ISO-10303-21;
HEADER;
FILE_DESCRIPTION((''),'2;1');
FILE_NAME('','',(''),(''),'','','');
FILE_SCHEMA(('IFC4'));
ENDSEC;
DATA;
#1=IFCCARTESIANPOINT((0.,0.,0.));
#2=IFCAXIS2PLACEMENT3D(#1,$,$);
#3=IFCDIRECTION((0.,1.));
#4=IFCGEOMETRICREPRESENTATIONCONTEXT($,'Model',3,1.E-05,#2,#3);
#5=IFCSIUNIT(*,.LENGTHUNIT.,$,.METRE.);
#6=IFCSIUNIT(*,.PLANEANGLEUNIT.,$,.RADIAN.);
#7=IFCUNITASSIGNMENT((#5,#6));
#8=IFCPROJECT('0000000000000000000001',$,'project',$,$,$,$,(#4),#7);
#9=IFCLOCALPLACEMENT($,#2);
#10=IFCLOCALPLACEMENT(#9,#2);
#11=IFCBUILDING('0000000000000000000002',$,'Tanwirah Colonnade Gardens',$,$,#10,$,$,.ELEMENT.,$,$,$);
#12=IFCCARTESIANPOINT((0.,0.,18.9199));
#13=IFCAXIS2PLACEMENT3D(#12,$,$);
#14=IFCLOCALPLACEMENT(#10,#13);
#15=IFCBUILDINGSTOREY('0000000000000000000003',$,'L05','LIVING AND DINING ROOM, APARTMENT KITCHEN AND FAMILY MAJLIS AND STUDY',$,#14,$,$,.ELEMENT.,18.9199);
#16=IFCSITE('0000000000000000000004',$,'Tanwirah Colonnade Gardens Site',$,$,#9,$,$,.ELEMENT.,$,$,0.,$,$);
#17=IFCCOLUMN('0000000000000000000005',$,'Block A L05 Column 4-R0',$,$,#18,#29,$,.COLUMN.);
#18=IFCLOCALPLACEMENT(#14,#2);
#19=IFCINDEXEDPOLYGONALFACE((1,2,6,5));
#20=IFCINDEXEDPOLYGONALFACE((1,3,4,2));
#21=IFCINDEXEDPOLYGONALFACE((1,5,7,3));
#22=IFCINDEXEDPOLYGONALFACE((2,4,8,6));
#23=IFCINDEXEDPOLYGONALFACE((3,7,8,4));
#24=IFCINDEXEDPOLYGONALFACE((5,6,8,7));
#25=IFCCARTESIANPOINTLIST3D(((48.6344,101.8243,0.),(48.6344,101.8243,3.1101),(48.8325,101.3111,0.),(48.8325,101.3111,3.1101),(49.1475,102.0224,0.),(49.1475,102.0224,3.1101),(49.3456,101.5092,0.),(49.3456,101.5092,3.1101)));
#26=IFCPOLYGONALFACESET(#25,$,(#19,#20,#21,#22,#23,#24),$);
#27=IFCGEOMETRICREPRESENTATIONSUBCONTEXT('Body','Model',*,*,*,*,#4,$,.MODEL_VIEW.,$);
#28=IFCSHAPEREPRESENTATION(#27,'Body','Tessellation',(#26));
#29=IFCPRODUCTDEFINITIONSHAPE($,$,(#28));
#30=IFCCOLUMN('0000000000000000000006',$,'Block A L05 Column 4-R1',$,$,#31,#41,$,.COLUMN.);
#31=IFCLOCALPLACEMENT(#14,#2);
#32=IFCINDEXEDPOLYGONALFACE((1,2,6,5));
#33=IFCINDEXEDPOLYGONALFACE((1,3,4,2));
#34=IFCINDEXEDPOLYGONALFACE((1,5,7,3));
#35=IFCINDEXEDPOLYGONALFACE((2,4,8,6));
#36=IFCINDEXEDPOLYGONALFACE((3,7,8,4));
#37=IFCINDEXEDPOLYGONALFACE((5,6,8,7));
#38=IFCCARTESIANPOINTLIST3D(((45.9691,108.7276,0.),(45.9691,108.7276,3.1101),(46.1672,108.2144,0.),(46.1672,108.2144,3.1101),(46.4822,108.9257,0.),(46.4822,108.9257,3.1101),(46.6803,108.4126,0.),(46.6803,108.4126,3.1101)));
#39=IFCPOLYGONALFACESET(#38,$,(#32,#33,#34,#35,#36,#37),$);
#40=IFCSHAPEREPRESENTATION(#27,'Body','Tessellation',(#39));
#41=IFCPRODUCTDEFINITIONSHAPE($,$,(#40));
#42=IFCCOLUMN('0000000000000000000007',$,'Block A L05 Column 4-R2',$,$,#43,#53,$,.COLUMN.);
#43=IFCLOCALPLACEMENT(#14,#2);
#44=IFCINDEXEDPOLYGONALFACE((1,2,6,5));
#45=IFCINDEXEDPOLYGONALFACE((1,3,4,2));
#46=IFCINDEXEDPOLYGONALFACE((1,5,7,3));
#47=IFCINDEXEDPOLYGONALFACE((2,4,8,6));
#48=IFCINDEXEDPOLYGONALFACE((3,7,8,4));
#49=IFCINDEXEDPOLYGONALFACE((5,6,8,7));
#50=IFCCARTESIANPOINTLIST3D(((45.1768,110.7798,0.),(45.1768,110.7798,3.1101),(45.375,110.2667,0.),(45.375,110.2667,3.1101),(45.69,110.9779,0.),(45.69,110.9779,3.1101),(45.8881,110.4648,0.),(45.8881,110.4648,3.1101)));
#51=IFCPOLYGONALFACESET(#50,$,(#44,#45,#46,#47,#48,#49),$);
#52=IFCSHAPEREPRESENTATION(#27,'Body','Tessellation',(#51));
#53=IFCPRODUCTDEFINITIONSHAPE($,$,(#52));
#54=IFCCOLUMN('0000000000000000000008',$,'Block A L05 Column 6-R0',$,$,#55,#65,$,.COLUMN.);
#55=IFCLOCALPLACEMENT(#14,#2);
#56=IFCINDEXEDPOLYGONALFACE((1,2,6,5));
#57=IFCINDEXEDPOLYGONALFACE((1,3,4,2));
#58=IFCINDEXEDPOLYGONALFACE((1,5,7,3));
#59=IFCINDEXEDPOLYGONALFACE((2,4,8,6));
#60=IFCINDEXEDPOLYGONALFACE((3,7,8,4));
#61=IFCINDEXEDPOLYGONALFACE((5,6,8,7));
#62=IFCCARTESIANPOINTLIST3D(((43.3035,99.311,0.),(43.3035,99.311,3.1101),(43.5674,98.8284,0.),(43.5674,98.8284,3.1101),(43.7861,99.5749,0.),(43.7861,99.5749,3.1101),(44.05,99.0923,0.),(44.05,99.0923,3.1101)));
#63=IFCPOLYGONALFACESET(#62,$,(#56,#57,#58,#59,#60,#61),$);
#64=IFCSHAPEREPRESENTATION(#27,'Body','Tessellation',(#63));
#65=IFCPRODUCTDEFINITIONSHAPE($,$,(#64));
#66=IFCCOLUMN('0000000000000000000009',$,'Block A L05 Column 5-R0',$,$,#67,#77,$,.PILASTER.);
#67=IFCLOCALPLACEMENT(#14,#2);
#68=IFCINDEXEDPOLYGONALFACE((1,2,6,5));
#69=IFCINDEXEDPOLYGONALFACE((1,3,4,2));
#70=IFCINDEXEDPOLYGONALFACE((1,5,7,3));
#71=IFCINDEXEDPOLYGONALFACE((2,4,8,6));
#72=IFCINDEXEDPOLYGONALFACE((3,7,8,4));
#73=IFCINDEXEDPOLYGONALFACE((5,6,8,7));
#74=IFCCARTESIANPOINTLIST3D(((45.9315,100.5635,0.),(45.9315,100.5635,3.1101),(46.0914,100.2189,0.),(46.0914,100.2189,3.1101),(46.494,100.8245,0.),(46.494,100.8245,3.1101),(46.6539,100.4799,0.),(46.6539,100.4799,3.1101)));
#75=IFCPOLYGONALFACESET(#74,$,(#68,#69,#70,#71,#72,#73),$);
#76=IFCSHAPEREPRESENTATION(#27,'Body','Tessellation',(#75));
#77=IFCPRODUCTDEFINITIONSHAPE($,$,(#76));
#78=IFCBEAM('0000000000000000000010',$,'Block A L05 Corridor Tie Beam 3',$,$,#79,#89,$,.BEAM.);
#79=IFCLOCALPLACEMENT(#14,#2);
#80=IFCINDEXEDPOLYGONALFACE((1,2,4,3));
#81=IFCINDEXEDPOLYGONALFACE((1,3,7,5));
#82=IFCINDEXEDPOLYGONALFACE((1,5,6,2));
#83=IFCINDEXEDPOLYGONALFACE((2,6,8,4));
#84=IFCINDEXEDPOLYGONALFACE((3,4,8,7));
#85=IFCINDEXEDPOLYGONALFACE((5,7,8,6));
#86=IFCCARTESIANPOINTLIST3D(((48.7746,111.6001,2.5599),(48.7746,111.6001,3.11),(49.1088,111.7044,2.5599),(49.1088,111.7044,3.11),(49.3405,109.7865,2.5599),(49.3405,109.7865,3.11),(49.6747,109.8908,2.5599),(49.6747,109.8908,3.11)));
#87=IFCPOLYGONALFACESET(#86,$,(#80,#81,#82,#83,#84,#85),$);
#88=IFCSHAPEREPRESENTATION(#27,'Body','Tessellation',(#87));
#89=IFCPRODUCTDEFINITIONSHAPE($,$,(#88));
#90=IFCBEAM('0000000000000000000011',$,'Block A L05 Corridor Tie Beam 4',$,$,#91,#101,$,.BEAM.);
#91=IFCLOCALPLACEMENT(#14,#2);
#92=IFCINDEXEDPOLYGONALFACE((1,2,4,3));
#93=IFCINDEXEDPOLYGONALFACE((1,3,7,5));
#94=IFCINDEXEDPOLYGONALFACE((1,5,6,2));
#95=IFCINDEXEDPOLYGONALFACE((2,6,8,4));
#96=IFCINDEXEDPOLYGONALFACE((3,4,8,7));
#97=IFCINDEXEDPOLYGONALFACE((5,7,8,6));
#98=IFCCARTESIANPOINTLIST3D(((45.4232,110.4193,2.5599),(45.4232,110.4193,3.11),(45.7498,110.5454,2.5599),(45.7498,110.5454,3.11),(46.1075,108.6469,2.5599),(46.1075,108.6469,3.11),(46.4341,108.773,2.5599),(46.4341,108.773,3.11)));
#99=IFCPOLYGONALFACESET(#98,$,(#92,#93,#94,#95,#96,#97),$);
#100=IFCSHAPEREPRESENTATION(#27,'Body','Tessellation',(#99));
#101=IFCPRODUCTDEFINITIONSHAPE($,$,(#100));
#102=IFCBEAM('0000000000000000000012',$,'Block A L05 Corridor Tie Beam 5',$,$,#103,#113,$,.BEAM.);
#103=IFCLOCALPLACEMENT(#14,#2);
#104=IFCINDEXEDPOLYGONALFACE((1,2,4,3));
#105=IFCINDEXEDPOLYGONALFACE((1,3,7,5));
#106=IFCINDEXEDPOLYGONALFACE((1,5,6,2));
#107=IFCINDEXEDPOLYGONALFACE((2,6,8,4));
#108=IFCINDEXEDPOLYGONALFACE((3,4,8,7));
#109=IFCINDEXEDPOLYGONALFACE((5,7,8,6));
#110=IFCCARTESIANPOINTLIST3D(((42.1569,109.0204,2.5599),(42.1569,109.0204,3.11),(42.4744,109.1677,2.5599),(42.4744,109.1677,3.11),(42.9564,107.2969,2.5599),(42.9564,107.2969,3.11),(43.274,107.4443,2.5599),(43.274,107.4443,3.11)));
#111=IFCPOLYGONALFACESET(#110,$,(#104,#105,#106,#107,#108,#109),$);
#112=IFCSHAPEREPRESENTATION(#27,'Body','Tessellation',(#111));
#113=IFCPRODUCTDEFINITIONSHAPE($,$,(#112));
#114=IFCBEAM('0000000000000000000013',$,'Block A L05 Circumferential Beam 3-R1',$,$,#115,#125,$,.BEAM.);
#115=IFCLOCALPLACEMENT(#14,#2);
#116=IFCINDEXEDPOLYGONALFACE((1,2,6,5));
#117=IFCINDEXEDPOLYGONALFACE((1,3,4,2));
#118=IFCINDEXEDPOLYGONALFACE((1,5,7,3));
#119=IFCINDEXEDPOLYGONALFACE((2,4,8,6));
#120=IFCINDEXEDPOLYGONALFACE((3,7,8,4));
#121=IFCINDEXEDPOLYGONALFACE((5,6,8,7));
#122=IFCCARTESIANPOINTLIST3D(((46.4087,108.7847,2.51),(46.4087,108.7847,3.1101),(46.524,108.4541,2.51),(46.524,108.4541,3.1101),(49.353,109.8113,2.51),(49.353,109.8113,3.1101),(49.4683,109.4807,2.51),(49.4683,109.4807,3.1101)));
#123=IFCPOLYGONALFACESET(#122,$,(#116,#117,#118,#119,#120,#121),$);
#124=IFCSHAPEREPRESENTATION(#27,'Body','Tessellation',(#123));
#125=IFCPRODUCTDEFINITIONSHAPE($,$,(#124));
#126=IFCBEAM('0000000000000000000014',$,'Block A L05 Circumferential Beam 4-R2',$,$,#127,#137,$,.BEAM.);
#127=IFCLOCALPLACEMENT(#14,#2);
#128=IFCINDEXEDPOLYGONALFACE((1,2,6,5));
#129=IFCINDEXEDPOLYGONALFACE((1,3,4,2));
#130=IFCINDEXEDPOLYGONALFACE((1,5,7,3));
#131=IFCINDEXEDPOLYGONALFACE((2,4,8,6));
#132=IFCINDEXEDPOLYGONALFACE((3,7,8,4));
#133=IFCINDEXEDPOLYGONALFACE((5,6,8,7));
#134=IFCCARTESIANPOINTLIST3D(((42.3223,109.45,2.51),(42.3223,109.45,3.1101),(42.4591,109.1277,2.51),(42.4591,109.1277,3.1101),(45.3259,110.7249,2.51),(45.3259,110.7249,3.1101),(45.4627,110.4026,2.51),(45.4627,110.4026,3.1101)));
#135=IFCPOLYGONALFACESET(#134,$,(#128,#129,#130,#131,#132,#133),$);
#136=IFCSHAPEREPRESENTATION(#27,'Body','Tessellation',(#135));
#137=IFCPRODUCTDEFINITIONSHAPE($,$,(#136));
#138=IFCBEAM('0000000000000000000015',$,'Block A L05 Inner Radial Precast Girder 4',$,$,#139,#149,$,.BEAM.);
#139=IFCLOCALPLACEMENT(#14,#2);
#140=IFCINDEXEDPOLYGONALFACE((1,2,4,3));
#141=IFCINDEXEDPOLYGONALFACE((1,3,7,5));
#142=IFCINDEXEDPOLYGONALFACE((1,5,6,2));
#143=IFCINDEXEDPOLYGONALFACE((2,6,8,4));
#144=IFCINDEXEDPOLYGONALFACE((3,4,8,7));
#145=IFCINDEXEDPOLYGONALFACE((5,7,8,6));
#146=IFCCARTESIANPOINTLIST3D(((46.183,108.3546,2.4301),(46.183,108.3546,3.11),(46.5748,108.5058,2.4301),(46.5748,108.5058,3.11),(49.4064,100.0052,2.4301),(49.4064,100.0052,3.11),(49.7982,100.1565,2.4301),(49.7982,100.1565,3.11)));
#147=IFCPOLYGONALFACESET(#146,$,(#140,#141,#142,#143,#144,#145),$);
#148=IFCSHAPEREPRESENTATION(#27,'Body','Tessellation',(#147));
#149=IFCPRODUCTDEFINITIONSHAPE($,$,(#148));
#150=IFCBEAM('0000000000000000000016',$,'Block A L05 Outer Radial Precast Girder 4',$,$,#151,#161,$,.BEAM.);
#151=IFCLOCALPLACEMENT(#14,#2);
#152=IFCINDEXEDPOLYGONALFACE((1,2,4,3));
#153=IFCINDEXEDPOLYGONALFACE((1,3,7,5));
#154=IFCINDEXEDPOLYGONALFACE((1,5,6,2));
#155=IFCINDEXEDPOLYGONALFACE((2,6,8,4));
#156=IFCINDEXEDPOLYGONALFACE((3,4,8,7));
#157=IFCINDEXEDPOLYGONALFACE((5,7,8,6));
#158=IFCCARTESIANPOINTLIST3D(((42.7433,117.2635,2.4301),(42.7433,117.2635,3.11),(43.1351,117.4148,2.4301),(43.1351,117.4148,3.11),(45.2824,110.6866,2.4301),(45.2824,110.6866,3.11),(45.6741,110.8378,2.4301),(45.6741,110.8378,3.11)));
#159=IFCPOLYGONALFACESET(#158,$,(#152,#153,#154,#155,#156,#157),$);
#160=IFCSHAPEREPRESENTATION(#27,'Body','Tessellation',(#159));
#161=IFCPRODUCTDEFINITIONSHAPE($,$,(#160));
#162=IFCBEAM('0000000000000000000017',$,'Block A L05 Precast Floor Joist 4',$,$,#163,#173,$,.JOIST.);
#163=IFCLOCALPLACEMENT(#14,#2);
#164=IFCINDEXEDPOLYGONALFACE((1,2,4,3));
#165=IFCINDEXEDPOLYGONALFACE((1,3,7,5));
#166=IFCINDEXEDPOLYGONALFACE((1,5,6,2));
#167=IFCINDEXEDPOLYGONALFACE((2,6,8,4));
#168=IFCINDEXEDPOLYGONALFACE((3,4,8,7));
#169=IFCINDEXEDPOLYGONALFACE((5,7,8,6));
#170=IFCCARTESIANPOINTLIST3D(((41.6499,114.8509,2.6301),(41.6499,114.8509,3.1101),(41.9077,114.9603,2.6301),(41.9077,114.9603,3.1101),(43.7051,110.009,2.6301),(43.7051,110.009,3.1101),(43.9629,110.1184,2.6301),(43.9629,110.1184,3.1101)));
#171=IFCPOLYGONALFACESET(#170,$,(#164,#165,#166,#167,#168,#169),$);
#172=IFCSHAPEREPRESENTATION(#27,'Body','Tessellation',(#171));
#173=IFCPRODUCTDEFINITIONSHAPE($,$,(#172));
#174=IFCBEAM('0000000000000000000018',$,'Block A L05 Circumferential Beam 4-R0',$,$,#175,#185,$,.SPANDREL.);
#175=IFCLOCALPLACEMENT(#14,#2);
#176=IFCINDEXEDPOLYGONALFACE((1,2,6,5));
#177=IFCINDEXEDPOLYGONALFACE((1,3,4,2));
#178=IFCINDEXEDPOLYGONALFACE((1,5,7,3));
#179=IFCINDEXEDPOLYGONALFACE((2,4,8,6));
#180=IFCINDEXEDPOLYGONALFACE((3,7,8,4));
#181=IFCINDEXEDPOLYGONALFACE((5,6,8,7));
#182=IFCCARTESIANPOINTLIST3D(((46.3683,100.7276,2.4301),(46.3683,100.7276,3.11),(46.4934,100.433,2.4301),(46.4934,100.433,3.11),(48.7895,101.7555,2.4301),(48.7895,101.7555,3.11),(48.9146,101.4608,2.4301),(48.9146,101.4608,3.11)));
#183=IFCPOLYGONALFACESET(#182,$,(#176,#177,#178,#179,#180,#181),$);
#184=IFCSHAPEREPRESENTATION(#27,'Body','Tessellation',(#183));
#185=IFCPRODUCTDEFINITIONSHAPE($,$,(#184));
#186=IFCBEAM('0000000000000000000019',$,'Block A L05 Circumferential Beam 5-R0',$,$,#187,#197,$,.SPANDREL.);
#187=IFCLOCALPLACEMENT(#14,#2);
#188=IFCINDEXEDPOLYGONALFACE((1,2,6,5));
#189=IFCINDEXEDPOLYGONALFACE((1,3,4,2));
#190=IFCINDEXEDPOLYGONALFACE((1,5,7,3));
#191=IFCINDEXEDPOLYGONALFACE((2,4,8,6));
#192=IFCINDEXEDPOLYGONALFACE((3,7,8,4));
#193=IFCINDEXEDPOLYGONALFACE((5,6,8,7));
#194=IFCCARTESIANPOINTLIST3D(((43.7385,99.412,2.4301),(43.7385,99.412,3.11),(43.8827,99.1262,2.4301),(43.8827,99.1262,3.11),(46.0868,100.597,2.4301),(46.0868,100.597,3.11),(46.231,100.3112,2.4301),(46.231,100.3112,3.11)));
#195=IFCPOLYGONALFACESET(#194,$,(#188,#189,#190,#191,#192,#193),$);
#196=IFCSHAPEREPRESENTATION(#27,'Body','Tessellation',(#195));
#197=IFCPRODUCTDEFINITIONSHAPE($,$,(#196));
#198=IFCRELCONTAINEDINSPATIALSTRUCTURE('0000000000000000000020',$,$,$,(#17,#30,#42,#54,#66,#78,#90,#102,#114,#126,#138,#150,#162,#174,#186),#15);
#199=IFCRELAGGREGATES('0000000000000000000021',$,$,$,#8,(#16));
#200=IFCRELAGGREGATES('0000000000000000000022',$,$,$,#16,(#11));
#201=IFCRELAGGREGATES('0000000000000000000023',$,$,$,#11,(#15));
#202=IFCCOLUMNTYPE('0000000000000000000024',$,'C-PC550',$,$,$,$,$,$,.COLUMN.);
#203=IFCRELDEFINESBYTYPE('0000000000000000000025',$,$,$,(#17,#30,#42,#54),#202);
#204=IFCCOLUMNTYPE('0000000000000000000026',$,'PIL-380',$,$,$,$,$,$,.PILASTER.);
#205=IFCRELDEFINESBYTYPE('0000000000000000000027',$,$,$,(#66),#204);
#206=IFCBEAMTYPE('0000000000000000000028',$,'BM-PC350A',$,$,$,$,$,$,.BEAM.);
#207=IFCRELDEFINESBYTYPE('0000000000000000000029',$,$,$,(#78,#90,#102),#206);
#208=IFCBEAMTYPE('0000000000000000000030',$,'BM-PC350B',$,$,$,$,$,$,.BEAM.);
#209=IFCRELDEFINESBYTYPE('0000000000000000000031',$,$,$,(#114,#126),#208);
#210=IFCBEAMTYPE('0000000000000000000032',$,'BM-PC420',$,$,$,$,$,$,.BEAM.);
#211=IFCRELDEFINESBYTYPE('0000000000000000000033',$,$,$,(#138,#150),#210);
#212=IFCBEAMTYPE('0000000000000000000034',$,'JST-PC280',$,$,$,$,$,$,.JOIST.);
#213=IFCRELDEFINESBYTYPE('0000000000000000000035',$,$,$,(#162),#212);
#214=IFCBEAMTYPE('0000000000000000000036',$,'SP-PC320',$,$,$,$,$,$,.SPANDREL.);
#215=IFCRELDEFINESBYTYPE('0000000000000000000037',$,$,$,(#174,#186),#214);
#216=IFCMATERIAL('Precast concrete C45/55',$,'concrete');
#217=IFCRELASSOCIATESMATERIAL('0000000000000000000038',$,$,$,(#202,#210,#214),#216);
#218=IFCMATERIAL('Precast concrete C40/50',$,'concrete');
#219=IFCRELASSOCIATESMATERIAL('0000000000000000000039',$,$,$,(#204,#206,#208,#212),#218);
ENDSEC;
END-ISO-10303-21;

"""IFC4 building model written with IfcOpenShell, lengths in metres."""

from ifc_helpers import new_model, si_unit, direction, frame, origin, origin_2d, place, context, subcontext, project, spatial, rectangle, extrude, material, material_profile, profile_set, type_object, element, save


model = new_model("IFC4")

# Units and contexts
model_context = context("Model", 3, precision=1e-05, world=origin(), true_north=direction((0.0, 1.0)))
body_context = subcontext(model_context, "Body", "Model", "MODEL_VIEW")
ifc_project = project(units=[si_unit("LENGTHUNIT", "METRE"), si_unit("PLANEANGLEUNIT", "RADIAN")], contexts=[model_context])

# Site, building, storey
site_placement = place(None, origin())
site = spatial("IfcSite", under=ifc_project, at=site_placement, Name="Tanwirah Colonnade Gardens Site", CompositionType="ELEMENT", RefElevation=0.0)
building_placement = place(site_placement, origin())
building = spatial("IfcBuilding", under=site, at=building_placement, Name="Tanwirah Colonnade Gardens", CompositionType="ELEMENT")
storey_placement = place(building_placement, frame((0.0, 0.0, 18.9199)))
storey = spatial("IfcBuildingStorey", under=building, at=storey_placement, Name="L05", Description="LIVING AND DINING ROOM, APARTMENT KITCHEN AND FAMILY MAJLIS AND STUDY", CompositionType="ELEMENT", Elevation=18.9199)

# Columns
ifc_material_1 = material(Name="Precast concrete C45/55", Category="concrete")
ifc_material_profile_1 = material_profile(ifc_material_1, rectangle(XDim=0.55, YDim=0.55, at=origin_2d()), Name="PC-COL 550x550")
ifc_profile_set_1 = profile_set([ifc_material_profile_1], Name="Precast concrete C45/55")
column_type_1 = type_object("IfcColumnType", Name="C-PC550", PredefinedType="COLUMN", material=ifc_profile_set_1)
for number, where, z_axis, x_axis, name in (
    (1, (48.99, 101.6667, 0.0), (0.0, 0.0, 1.0), (-0.360178, 0.932884, 0.0), "Block A L05 Column 4-R0"),
    (2, (46.3247, 108.5701, 0.0), (0.0, 0.0, 1.0), (-0.360178, 0.932884, 0.0), "Block A L05 Column 4-R1"),
    (3, (45.5325, 110.6223, 0.0), (0.0, 0.0, 1.0), (-0.360178, 0.932884, 0.0), "Block A L05 Column 4-R2"),
    (4, (43.6768, 99.2017, 0.0), (0.0, 0.0, 1.0), (-0.479713, 0.877425, 0.0), "Block A L05 Column 6-R0"),
):
    element("IfcColumn", number, at=place(storey_placement, frame(where, z_axis=z_axis, x_axis=x_axis)), inside=storey, type_object=column_type_1, Name=name, PredefinedType="COLUMN", context=body_context, shape_type="SweptSolid", body=[
        extrude(rectangle(XDim=0.55, YDim=0.55, at=origin_2d()), origin(), (0.0, 0.0, 1.0), 3.1101),
    ])
ifc_material_2 = material(Name="Precast concrete C40/50", Category="concrete")
ifc_material_profile_2 = material_profile(ifc_material_2, rectangle(XDim=0.3799, YDim=0.6201, at=origin_2d()), Name="PC-PIL 380x620")
ifc_profile_set_2 = profile_set([ifc_material_profile_2], Name="Precast concrete C40/50")
column_type_2 = type_object("IfcColumnType", Name="PIL-380", PredefinedType="PILASTER", material=ifc_profile_set_2)
column_placement = place(storey_placement, frame((46.2927, 100.5217, 0.0), z_axis=(0.0, 0.0, 1.0), x_axis=(-0.42086, 0.907126, 0.0)))
element("IfcColumn", 5, at=column_placement, inside=storey, type_object=column_type_2, Name="Block A L05 Column 5-R0", PredefinedType="PILASTER", context=body_context, shape_type="SweptSolid", body=[
    extrude(rectangle(XDim=0.3799, YDim=0.6201, at=origin_2d()), origin(), (0.0, 0.0, 1.0), 3.1101),
])

# Beams
ifc_material_profile_3 = material_profile(ifc_material_2, rectangle(XDim=0.3501, YDim=0.55, at=origin_2d()), Name="PC-BM 350x550")
ifc_profile_set_3 = profile_set([ifc_material_profile_3], Name="Precast concrete C40/50")
beam_type_1 = type_object("IfcBeamType", Name="BM-PC350A", PredefinedType="BEAM", material=ifc_profile_set_3)
for number, where, z_axis, x_axis, name in (
    (6, (49.5076, 109.8386, 2.835), (-0.297858, 0.95461, 0.0), (-0.95461, -0.297858, 0.0), "Block A L05 Corridor Tie Beam 3"),
    (7, (46.2708, 108.71, 2.835), (-0.360176, 0.932885, 0.0), (-0.932885, -0.360176, 0.0), "Block A L05 Corridor Tie Beam 4"),
    (8, (43.1152, 107.3706, 2.835), (-0.420858, 0.907126, 0.0), (-0.907126, -0.420858, 0.0), "Block A L05 Corridor Tie Beam 5"),
):
    element("IfcBeam", number, at=place(storey_placement, frame(where, z_axis=z_axis, x_axis=x_axis)), inside=storey, type_object=beam_type_1, Name=name, PredefinedType="BEAM", context=body_context, shape_type="SweptSolid", body=[
        extrude(rectangle(XDim=0.3501, YDim=0.55, at=origin_2d()), origin(), (0.0, 0.0, 1.0), 1.8999),
    ])
ifc_material_profile_4 = material_profile(ifc_material_2, rectangle(XDim=0.3501, YDim=0.6001, at=origin_2d()), Name="PC-BM 350x600")
ifc_profile_set_4 = profile_set([ifc_material_profile_4], Name="Precast concrete C40/50")
beam_type_2 = type_object("IfcBeamType", Name="BM-PC350B", PredefinedType="BEAM", material=ifc_profile_set_4)
beam_1_placement = place(storey_placement, frame((49.4106, 109.646, 2.8101), z_axis=(-0.944248, -0.329234, 0.0), x_axis=(0.329234, -0.944248, 0.0)))
element("IfcBeam", 9, at=beam_1_placement, inside=storey, type_object=beam_type_2, Name="Block A L05 Circumferential Beam 3-R1", PredefinedType="BEAM", context=body_context, shape_type="SweptSolid", body=[
    extrude(rectangle(XDim=0.3501, YDim=0.6001, at=origin_2d()), origin(), (0.0, 0.0, 1.0), 3.1182),
])
beam_2_placement = place(storey_placement, frame((45.3943, 110.5637, 2.8101), z_axis=(-0.920513, -0.390711, 0.0), x_axis=(0.390711, -0.920513, 0.0)))
element("IfcBeam", 10, at=beam_2_placement, inside=storey, type_object=beam_type_2, Name="Block A L05 Circumferential Beam 4-R2", PredefinedType="BEAM", context=body_context, shape_type="SweptSolid", body=[
    extrude(rectangle(XDim=0.3501, YDim=0.6001, at=origin_2d()), origin(), (0.0, 0.0, 1.0), 3.2629),
])
ifc_material_profile_5 = material_profile(ifc_material_1, rectangle(XDim=0.4199, YDim=0.6799, at=origin_2d()), Name="PC-BM 420x680")
ifc_profile_set_5 = profile_set([ifc_material_profile_5], Name="Precast concrete C45/55")
beam_type_3 = type_object("IfcBeamType", Name="BM-PC420", PredefinedType="BEAM", material=ifc_profile_set_5)
beam_3_placement = place(storey_placement, frame((46.3789, 108.4302, 2.77), z_axis=(0.360156, -0.932892, 0.0), x_axis=(0.932892, 0.360156, 0.0)))
element("IfcBeam", 11, at=beam_3_placement, inside=storey, type_object=beam_type_3, Name="Block A L05 Inner Radial Precast Girder 4", PredefinedType="BEAM", context=body_context, shape_type="SweptSolid", body=[
    extrude(rectangle(XDim=0.4199, YDim=0.6799, at=origin_2d()), origin(), (0.0, 0.0, 1.0), 8.95),
])
beam_4_placement = place(storey_placement, frame((45.4783, 110.7622, 2.77), z_axis=(-0.360151, 0.932894, 0.0), x_axis=(-0.932894, -0.360151, 0.0)))
element("IfcBeam", 12, at=beam_4_placement, inside=storey, type_object=beam_type_3, Name="Block A L05 Outer Radial Precast Girder 4", PredefinedType="BEAM", context=body_context, shape_type="SweptSolid", body=[
    extrude(rectangle(XDim=0.4199, YDim=0.6799, at=origin_2d()), origin(), (0.0, 0.0, 1.0), 7.05),
])
ifc_material_profile_6 = material_profile(ifc_material_2, rectangle(XDim=0.28, YDim=0.48, at=origin_2d()), Name="PC-JST 280x480")
ifc_profile_set_6 = profile_set([ifc_material_profile_6], Name="Precast concrete C40/50")
beam_type_4 = type_object("IfcBeamType", Name="JST-PC280", PredefinedType="JOIST", material=ifc_profile_set_6)
beam_5_placement = place(storey_placement, frame((43.834, 110.0637, 2.8701), z_axis=(-0.390724, 0.920508, 0.0), x_axis=(-0.920508, -0.390724, 0.0)))
element("IfcBeam", 13, at=beam_5_placement, inside=storey, type_object=beam_type_4, Name="Block A L05 Precast Floor Joist 4", PredefinedType="JOIST", context=body_context, shape_type="SweptSolid", body=[
    extrude(rectangle(XDim=0.28, YDim=0.48, at=origin_2d()), origin(), (0.0, 0.0, 1.0), 5.26),
])
ifc_material_profile_7 = material_profile(ifc_material_1, rectangle(XDim=0.3201, YDim=0.6799, at=origin_2d()), Name="PC-SP 320x680")
ifc_profile_set_7 = profile_set([ifc_material_profile_7], Name="Precast concrete C45/55")
beam_type_5 = type_object("IfcBeamType", Name="SP-PC320", PredefinedType="SPANDREL", material=ifc_profile_set_7)
for number, where, z_axis, x_axis, name in (
    (14, (48.8521, 101.6082, 2.77), (-0.920489, -0.390769, 0.0), (0.390769, -0.920489, 0.0), "Block A L05 Circumferential Beam 4-R0"),
    (15, (46.1589, 100.4541, 2.77), (-0.892769, -0.450515, 0.0), (0.450515, -0.892769, 0.0), "Block A L05 Circumferential Beam 5-R0"),
):
    element("IfcBeam", number, at=place(storey_placement, frame(where, z_axis=z_axis, x_axis=x_axis)), inside=storey, type_object=beam_type_5, Name=name, PredefinedType="SPANDREL", context=body_context, shape_type="SweptSolid", body=[
        extrude(rectangle(XDim=0.3201, YDim=0.6799, at=origin_2d()), origin(), (0.0, 0.0, 1.0), 2.6304),
    ])

save(model, "model.ifc")
